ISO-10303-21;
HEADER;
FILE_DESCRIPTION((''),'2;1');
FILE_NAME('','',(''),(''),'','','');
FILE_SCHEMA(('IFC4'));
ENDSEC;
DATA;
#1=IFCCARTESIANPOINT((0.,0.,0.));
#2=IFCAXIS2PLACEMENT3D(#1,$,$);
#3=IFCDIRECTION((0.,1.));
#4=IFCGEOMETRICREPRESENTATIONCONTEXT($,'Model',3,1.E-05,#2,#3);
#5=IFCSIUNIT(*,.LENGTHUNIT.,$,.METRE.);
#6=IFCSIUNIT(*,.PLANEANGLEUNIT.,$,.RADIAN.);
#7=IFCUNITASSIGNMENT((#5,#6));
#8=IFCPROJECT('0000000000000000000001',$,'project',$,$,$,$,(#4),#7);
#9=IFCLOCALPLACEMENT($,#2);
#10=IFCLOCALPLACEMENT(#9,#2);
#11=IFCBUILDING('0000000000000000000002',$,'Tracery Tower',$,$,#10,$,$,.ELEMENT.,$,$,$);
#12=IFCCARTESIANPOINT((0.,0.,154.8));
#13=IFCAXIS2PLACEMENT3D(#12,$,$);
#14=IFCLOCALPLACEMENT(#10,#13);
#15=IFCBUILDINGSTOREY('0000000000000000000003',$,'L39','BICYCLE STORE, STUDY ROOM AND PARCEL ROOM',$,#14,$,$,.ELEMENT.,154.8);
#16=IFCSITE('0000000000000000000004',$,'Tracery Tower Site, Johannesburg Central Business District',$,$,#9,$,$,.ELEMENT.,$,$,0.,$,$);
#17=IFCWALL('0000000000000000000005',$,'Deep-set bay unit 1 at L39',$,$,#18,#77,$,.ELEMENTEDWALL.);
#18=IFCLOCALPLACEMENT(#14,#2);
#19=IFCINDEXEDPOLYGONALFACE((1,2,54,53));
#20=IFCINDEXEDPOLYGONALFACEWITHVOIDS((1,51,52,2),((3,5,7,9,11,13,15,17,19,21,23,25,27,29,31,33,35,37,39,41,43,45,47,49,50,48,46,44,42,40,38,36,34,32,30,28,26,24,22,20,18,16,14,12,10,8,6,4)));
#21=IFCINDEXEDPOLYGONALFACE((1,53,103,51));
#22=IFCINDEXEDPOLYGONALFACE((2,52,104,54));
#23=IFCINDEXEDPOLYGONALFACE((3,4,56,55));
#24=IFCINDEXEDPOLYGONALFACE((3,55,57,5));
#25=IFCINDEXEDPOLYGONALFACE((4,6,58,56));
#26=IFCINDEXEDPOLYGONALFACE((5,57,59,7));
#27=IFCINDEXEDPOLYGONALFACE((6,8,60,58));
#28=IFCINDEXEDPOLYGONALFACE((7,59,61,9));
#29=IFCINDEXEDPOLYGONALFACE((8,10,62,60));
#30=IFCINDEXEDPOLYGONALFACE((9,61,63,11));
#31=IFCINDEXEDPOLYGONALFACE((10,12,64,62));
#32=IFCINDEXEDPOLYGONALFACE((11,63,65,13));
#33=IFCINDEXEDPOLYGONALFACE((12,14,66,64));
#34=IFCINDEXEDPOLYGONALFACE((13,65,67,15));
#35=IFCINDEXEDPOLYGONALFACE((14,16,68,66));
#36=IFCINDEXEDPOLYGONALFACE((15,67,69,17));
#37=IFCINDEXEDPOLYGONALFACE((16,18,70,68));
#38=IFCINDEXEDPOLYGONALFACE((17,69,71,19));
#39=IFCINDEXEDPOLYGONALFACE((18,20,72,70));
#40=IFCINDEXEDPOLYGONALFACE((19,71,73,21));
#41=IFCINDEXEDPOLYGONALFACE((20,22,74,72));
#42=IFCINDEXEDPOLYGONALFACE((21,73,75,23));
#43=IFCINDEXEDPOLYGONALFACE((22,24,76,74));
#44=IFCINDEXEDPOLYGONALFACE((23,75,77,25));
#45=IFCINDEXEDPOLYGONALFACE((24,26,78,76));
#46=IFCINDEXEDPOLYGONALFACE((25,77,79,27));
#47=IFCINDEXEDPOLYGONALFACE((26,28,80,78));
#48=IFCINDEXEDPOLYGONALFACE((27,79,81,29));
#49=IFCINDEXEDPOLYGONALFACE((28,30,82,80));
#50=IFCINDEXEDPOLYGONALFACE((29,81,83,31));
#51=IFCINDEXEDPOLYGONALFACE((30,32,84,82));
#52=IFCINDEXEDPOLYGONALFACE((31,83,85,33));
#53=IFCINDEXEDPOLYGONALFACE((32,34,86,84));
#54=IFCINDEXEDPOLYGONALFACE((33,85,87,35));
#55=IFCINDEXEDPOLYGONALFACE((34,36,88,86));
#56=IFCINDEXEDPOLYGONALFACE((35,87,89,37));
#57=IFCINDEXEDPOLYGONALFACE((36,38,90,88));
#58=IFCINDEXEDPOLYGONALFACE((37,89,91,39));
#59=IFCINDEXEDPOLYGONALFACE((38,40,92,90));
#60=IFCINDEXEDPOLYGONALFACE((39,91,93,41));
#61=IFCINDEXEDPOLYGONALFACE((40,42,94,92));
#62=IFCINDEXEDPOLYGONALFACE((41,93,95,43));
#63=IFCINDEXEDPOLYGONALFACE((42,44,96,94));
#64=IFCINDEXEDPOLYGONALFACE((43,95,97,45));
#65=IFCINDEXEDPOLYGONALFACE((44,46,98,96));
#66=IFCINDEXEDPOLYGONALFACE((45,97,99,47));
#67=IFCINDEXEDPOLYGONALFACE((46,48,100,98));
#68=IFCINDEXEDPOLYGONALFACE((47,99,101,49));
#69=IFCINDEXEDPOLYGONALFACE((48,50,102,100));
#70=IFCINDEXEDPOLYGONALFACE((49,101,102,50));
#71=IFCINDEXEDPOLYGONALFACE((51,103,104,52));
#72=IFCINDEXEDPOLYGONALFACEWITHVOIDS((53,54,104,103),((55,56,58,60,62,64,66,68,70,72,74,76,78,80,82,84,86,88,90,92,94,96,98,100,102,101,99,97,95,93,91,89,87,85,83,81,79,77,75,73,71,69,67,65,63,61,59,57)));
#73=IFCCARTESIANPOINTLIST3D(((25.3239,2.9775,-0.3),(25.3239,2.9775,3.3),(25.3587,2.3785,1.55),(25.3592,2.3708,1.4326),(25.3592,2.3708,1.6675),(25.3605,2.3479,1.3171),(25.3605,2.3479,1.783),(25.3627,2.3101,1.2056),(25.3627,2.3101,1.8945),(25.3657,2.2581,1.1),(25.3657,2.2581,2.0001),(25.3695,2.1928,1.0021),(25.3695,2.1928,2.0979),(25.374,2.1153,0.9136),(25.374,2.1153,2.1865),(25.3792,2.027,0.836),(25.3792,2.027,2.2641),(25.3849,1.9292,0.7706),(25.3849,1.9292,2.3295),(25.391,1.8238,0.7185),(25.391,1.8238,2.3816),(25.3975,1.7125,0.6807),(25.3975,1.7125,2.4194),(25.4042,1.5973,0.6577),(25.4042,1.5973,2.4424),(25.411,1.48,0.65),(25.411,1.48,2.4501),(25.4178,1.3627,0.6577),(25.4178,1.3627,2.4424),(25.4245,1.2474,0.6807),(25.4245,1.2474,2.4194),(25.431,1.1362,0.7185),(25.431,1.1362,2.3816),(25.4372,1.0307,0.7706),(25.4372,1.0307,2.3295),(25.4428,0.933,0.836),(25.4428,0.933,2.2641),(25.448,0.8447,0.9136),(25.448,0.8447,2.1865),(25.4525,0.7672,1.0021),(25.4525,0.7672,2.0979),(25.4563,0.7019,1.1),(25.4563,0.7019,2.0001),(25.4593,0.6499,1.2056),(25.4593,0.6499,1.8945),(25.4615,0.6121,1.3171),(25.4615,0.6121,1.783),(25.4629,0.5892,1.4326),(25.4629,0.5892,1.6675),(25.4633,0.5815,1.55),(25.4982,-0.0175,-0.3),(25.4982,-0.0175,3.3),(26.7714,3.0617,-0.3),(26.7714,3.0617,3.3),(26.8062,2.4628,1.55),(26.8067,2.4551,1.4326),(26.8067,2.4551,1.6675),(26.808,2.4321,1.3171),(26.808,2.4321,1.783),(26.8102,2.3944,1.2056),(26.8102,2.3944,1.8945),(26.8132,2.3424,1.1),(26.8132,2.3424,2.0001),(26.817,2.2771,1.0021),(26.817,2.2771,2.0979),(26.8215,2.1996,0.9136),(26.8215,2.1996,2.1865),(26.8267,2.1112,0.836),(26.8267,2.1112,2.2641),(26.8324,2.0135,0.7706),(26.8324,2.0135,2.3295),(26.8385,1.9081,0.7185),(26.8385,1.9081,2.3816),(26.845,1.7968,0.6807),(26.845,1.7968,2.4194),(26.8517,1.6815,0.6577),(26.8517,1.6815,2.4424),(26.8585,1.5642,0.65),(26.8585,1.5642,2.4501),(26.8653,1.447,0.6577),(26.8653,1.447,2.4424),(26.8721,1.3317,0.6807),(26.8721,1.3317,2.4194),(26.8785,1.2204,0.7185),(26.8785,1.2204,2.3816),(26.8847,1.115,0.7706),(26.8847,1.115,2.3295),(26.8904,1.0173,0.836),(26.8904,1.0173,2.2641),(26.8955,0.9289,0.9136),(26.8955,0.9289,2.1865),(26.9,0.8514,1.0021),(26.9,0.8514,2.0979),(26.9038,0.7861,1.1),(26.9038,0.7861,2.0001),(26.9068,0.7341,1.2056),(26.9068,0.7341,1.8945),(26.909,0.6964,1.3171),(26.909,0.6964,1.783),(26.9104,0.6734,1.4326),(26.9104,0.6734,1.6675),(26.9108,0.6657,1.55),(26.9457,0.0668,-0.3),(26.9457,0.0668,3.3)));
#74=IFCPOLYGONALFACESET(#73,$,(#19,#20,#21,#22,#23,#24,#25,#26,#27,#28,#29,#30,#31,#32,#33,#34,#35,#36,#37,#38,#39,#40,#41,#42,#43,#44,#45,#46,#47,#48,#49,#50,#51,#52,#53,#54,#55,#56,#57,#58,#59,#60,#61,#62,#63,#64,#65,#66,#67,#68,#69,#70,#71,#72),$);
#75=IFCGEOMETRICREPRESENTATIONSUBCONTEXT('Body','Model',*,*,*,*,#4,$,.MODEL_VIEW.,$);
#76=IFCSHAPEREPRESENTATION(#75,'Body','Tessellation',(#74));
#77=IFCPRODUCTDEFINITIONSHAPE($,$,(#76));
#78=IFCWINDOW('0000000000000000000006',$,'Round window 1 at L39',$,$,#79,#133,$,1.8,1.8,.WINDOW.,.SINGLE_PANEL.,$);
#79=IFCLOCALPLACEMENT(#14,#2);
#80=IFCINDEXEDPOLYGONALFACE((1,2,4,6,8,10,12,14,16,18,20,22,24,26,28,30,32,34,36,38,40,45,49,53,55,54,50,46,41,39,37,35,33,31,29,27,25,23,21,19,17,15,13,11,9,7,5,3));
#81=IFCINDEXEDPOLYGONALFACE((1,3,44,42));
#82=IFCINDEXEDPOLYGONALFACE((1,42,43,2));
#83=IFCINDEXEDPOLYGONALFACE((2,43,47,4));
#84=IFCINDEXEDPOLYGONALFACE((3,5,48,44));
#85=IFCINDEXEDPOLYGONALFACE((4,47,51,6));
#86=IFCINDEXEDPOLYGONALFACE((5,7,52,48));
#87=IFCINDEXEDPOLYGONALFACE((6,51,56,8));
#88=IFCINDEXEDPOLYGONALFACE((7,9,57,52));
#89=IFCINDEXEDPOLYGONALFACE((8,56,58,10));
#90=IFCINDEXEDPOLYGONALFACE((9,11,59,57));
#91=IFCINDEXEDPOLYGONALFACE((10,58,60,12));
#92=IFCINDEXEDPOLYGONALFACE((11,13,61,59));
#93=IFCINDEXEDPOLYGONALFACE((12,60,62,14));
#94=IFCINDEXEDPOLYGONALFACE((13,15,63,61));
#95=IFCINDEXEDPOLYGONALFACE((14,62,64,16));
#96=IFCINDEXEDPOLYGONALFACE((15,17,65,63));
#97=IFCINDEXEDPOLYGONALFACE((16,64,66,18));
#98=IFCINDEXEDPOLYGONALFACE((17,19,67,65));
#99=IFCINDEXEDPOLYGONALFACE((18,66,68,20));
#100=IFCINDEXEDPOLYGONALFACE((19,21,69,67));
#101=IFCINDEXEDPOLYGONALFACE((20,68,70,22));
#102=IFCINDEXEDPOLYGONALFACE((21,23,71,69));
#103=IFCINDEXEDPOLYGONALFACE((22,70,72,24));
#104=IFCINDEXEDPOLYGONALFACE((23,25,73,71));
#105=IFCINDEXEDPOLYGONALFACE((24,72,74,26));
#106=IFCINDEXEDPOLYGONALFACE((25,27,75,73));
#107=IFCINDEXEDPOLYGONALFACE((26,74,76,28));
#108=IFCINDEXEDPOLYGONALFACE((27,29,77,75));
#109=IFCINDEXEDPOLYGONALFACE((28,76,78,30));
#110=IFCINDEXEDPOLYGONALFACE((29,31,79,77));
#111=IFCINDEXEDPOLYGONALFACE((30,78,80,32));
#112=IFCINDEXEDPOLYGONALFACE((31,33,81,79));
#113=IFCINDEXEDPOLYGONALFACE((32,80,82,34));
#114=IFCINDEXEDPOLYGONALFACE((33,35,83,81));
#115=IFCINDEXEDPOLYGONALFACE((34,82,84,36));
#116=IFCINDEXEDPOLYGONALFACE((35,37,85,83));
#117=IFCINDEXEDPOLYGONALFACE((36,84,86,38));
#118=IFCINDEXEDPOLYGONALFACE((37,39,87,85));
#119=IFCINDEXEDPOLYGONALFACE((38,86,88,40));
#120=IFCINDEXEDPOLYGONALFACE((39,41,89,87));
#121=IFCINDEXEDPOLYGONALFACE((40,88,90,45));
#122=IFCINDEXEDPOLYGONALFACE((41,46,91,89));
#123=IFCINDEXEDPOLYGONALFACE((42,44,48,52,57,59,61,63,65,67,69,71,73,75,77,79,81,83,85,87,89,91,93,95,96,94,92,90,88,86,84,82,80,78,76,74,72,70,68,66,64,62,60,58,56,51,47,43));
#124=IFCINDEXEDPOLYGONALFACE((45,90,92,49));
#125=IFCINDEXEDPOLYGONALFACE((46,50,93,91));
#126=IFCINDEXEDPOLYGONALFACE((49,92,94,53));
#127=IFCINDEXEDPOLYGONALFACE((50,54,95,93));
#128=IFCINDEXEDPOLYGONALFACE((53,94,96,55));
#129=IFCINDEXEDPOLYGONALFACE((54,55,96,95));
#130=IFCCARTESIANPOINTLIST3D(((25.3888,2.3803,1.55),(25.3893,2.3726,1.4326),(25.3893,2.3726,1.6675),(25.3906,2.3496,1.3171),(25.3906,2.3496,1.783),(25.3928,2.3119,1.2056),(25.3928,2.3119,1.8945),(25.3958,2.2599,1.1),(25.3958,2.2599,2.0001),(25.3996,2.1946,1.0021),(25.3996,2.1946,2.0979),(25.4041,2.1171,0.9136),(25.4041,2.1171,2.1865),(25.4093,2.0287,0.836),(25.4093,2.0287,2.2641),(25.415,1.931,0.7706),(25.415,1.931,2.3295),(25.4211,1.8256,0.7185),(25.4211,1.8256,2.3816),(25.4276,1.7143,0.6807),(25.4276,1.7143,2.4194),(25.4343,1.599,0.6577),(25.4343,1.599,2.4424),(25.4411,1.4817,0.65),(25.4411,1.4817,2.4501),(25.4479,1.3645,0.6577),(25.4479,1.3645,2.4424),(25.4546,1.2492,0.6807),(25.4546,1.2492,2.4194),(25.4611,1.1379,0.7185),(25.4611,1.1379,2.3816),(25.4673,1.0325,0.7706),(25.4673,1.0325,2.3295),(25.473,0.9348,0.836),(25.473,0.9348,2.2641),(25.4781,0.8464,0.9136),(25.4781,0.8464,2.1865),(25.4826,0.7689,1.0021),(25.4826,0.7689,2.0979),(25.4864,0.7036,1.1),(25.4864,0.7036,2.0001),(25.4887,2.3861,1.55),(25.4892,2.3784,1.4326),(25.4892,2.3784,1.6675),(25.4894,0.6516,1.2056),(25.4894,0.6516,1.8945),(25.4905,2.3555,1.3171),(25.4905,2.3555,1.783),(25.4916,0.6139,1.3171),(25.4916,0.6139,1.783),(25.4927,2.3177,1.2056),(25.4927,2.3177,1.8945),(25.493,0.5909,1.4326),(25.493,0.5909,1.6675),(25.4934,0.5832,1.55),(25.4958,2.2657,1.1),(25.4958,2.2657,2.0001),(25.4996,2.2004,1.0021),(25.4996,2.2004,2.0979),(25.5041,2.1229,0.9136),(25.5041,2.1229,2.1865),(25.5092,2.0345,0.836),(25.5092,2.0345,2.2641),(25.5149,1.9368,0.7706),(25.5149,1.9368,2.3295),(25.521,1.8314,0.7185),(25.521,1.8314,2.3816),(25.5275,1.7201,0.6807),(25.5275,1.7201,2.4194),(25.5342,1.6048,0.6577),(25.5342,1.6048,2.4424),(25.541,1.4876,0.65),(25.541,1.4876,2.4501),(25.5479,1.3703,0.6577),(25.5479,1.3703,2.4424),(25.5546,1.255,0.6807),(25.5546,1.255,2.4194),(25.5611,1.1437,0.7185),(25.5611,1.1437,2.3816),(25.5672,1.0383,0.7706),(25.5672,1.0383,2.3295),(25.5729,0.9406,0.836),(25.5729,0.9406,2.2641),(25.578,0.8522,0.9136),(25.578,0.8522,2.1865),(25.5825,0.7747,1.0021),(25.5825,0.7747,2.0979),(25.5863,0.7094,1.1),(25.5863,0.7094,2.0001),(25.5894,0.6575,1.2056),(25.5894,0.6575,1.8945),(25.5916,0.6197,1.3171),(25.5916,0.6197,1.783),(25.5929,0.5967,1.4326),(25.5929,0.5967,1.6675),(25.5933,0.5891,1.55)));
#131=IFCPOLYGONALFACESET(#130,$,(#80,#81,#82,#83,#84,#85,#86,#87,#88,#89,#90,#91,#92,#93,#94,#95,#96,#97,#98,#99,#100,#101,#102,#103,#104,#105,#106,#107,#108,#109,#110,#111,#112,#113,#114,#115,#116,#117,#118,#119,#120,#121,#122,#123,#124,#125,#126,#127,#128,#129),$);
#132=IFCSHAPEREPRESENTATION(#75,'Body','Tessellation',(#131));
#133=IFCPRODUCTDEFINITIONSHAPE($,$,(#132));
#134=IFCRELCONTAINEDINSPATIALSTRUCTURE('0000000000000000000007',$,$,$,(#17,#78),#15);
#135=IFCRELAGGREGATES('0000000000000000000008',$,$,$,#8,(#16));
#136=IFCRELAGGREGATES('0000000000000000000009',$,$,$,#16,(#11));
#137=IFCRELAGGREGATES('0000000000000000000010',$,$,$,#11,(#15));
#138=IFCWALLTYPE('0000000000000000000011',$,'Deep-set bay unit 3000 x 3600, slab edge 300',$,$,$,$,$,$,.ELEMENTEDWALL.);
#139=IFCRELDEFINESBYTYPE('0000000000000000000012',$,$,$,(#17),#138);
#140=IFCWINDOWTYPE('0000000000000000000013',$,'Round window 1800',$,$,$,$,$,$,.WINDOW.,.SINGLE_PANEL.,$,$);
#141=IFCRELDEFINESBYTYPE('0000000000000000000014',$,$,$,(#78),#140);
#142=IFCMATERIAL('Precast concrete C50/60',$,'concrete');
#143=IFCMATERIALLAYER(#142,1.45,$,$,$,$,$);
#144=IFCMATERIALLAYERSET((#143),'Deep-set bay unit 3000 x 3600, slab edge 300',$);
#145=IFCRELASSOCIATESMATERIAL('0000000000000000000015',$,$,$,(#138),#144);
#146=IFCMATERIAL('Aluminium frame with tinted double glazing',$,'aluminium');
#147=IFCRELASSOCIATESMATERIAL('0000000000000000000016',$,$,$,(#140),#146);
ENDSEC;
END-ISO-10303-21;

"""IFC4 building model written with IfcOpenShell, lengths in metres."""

from ifc_helpers import new_model, si_unit, direction, frame, frame_2d, origin, origin_2d, place, context, subcontext, project, spatial, rectangle, circle, extrude, material, layer, layer_set, type_object, element, fill, save


model = new_model("IFC4")

# Units and contexts
model_context = context("Model", 3, precision=1e-05, world=origin(), true_north=direction((0.0, 1.0)))
body_context = subcontext(model_context, "Body", "Model", "MODEL_VIEW")
ifc_project = project(units=[si_unit("LENGTHUNIT", "METRE"), si_unit("PLANEANGLEUNIT", "RADIAN")], contexts=[model_context])

# Site, building, storey
site_placement = place(None, origin())
site = spatial("IfcSite", under=ifc_project, at=site_placement, Name="Tracery Tower Site, Johannesburg Central Business District", CompositionType="ELEMENT", RefElevation=0.0)
building_placement = place(site_placement, origin())
building = spatial("IfcBuilding", under=site, at=building_placement, Name="Tracery Tower", CompositionType="ELEMENT")
storey_placement = place(building_placement, frame((0.0, 0.0, 154.8)))
storey = spatial("IfcBuildingStorey", under=building, at=storey_placement, Name="L39", Description="BICYCLE STORE, STUDY ROOM AND PARCEL ROOM", CompositionType="ELEMENT", Elevation=154.8)

# Wall, opening, window
ifc_material_1 = material(Name="Precast concrete C50/60", Category="concrete")
ifc_layer_1 = layer(ifc_material_1, 1.45)
ifc_layer_set_1 = layer_set([ifc_layer_1], Name="Deep-set bay unit 3000 x 3600, slab edge 300")
wall_type_1 = type_object("IfcWallType", Name="Deep-set bay unit 3000 x 3600, slab edge 300", PredefinedType="ELEMENTEDWALL", material=ifc_layer_set_1)
wall_1_placement = place(storey_placement, frame((26.2219, 0.0247, -0.3), z_axis=(0.0, 0.0, 1.0), x_axis=(-0.058107, 0.99831, 0.0)))
wall_1 = element("IfcWall", 1, at=wall_1_placement, inside=storey, type_object=wall_type_1, Name="Deep-set bay unit 1 at L39", PredefinedType="ELEMENTEDWALL", context=body_context, shape_type="SweptSolid", body=[
    extrude(rectangle(XDim=3.0, YDim=1.45, at=frame_2d((1.5, 0.0))), origin(), (0.0, 0.0, 1.0), 3.6001),
])
opening_1_placement = place(wall_1_placement, frame((1.5, 0.0, 1.8501)))
opening_1 = element("IfcOpeningElement", 2, at=opening_1_placement, cuts=wall_1, PredefinedType="OPENING", context=body_context, shape_type="SweptSolid", body=[
    extrude(circle(Radius=0.9, at=origin_2d()), frame((0.0, 0.7349, 0.0), z_axis=(0.0, -1.0, 0.0), x_axis=(1.0, 0.0, 0.0)), (0.0, 0.0, 1.0), 1.47),
])
ifc_material_2 = material(Name="Aluminium frame with tinted double glazing", Category="aluminium")
window_type = type_object("IfcWindowType", Name="Round window 1800", PartitioningType="SINGLE_PANEL", PredefinedType="WINDOW", material=ifc_material_2)
window_1_placement = place(opening_1_placement, origin())
window_1 = element("IfcWindow", 3, at=window_1_placement, inside=storey, type_object=window_type, Name="Round window 1 at L39", OverallHeight=1.8, OverallWidth=1.8, PartitioningType="SINGLE_PANEL", PredefinedType="WINDOW", context=body_context, shape_type="SweptSolid", body=[
    extrude(circle(Radius=0.9, at=origin_2d()), frame((0.0, 0.6948, 0.0), z_axis=(0.0, -1.0, 0.0), x_axis=(1.0, 0.0, 0.0)), (0.0, 0.0, 1.0), 0.1001),
])
fill(opening_1, window_1)

save(model, "model.ifc")
